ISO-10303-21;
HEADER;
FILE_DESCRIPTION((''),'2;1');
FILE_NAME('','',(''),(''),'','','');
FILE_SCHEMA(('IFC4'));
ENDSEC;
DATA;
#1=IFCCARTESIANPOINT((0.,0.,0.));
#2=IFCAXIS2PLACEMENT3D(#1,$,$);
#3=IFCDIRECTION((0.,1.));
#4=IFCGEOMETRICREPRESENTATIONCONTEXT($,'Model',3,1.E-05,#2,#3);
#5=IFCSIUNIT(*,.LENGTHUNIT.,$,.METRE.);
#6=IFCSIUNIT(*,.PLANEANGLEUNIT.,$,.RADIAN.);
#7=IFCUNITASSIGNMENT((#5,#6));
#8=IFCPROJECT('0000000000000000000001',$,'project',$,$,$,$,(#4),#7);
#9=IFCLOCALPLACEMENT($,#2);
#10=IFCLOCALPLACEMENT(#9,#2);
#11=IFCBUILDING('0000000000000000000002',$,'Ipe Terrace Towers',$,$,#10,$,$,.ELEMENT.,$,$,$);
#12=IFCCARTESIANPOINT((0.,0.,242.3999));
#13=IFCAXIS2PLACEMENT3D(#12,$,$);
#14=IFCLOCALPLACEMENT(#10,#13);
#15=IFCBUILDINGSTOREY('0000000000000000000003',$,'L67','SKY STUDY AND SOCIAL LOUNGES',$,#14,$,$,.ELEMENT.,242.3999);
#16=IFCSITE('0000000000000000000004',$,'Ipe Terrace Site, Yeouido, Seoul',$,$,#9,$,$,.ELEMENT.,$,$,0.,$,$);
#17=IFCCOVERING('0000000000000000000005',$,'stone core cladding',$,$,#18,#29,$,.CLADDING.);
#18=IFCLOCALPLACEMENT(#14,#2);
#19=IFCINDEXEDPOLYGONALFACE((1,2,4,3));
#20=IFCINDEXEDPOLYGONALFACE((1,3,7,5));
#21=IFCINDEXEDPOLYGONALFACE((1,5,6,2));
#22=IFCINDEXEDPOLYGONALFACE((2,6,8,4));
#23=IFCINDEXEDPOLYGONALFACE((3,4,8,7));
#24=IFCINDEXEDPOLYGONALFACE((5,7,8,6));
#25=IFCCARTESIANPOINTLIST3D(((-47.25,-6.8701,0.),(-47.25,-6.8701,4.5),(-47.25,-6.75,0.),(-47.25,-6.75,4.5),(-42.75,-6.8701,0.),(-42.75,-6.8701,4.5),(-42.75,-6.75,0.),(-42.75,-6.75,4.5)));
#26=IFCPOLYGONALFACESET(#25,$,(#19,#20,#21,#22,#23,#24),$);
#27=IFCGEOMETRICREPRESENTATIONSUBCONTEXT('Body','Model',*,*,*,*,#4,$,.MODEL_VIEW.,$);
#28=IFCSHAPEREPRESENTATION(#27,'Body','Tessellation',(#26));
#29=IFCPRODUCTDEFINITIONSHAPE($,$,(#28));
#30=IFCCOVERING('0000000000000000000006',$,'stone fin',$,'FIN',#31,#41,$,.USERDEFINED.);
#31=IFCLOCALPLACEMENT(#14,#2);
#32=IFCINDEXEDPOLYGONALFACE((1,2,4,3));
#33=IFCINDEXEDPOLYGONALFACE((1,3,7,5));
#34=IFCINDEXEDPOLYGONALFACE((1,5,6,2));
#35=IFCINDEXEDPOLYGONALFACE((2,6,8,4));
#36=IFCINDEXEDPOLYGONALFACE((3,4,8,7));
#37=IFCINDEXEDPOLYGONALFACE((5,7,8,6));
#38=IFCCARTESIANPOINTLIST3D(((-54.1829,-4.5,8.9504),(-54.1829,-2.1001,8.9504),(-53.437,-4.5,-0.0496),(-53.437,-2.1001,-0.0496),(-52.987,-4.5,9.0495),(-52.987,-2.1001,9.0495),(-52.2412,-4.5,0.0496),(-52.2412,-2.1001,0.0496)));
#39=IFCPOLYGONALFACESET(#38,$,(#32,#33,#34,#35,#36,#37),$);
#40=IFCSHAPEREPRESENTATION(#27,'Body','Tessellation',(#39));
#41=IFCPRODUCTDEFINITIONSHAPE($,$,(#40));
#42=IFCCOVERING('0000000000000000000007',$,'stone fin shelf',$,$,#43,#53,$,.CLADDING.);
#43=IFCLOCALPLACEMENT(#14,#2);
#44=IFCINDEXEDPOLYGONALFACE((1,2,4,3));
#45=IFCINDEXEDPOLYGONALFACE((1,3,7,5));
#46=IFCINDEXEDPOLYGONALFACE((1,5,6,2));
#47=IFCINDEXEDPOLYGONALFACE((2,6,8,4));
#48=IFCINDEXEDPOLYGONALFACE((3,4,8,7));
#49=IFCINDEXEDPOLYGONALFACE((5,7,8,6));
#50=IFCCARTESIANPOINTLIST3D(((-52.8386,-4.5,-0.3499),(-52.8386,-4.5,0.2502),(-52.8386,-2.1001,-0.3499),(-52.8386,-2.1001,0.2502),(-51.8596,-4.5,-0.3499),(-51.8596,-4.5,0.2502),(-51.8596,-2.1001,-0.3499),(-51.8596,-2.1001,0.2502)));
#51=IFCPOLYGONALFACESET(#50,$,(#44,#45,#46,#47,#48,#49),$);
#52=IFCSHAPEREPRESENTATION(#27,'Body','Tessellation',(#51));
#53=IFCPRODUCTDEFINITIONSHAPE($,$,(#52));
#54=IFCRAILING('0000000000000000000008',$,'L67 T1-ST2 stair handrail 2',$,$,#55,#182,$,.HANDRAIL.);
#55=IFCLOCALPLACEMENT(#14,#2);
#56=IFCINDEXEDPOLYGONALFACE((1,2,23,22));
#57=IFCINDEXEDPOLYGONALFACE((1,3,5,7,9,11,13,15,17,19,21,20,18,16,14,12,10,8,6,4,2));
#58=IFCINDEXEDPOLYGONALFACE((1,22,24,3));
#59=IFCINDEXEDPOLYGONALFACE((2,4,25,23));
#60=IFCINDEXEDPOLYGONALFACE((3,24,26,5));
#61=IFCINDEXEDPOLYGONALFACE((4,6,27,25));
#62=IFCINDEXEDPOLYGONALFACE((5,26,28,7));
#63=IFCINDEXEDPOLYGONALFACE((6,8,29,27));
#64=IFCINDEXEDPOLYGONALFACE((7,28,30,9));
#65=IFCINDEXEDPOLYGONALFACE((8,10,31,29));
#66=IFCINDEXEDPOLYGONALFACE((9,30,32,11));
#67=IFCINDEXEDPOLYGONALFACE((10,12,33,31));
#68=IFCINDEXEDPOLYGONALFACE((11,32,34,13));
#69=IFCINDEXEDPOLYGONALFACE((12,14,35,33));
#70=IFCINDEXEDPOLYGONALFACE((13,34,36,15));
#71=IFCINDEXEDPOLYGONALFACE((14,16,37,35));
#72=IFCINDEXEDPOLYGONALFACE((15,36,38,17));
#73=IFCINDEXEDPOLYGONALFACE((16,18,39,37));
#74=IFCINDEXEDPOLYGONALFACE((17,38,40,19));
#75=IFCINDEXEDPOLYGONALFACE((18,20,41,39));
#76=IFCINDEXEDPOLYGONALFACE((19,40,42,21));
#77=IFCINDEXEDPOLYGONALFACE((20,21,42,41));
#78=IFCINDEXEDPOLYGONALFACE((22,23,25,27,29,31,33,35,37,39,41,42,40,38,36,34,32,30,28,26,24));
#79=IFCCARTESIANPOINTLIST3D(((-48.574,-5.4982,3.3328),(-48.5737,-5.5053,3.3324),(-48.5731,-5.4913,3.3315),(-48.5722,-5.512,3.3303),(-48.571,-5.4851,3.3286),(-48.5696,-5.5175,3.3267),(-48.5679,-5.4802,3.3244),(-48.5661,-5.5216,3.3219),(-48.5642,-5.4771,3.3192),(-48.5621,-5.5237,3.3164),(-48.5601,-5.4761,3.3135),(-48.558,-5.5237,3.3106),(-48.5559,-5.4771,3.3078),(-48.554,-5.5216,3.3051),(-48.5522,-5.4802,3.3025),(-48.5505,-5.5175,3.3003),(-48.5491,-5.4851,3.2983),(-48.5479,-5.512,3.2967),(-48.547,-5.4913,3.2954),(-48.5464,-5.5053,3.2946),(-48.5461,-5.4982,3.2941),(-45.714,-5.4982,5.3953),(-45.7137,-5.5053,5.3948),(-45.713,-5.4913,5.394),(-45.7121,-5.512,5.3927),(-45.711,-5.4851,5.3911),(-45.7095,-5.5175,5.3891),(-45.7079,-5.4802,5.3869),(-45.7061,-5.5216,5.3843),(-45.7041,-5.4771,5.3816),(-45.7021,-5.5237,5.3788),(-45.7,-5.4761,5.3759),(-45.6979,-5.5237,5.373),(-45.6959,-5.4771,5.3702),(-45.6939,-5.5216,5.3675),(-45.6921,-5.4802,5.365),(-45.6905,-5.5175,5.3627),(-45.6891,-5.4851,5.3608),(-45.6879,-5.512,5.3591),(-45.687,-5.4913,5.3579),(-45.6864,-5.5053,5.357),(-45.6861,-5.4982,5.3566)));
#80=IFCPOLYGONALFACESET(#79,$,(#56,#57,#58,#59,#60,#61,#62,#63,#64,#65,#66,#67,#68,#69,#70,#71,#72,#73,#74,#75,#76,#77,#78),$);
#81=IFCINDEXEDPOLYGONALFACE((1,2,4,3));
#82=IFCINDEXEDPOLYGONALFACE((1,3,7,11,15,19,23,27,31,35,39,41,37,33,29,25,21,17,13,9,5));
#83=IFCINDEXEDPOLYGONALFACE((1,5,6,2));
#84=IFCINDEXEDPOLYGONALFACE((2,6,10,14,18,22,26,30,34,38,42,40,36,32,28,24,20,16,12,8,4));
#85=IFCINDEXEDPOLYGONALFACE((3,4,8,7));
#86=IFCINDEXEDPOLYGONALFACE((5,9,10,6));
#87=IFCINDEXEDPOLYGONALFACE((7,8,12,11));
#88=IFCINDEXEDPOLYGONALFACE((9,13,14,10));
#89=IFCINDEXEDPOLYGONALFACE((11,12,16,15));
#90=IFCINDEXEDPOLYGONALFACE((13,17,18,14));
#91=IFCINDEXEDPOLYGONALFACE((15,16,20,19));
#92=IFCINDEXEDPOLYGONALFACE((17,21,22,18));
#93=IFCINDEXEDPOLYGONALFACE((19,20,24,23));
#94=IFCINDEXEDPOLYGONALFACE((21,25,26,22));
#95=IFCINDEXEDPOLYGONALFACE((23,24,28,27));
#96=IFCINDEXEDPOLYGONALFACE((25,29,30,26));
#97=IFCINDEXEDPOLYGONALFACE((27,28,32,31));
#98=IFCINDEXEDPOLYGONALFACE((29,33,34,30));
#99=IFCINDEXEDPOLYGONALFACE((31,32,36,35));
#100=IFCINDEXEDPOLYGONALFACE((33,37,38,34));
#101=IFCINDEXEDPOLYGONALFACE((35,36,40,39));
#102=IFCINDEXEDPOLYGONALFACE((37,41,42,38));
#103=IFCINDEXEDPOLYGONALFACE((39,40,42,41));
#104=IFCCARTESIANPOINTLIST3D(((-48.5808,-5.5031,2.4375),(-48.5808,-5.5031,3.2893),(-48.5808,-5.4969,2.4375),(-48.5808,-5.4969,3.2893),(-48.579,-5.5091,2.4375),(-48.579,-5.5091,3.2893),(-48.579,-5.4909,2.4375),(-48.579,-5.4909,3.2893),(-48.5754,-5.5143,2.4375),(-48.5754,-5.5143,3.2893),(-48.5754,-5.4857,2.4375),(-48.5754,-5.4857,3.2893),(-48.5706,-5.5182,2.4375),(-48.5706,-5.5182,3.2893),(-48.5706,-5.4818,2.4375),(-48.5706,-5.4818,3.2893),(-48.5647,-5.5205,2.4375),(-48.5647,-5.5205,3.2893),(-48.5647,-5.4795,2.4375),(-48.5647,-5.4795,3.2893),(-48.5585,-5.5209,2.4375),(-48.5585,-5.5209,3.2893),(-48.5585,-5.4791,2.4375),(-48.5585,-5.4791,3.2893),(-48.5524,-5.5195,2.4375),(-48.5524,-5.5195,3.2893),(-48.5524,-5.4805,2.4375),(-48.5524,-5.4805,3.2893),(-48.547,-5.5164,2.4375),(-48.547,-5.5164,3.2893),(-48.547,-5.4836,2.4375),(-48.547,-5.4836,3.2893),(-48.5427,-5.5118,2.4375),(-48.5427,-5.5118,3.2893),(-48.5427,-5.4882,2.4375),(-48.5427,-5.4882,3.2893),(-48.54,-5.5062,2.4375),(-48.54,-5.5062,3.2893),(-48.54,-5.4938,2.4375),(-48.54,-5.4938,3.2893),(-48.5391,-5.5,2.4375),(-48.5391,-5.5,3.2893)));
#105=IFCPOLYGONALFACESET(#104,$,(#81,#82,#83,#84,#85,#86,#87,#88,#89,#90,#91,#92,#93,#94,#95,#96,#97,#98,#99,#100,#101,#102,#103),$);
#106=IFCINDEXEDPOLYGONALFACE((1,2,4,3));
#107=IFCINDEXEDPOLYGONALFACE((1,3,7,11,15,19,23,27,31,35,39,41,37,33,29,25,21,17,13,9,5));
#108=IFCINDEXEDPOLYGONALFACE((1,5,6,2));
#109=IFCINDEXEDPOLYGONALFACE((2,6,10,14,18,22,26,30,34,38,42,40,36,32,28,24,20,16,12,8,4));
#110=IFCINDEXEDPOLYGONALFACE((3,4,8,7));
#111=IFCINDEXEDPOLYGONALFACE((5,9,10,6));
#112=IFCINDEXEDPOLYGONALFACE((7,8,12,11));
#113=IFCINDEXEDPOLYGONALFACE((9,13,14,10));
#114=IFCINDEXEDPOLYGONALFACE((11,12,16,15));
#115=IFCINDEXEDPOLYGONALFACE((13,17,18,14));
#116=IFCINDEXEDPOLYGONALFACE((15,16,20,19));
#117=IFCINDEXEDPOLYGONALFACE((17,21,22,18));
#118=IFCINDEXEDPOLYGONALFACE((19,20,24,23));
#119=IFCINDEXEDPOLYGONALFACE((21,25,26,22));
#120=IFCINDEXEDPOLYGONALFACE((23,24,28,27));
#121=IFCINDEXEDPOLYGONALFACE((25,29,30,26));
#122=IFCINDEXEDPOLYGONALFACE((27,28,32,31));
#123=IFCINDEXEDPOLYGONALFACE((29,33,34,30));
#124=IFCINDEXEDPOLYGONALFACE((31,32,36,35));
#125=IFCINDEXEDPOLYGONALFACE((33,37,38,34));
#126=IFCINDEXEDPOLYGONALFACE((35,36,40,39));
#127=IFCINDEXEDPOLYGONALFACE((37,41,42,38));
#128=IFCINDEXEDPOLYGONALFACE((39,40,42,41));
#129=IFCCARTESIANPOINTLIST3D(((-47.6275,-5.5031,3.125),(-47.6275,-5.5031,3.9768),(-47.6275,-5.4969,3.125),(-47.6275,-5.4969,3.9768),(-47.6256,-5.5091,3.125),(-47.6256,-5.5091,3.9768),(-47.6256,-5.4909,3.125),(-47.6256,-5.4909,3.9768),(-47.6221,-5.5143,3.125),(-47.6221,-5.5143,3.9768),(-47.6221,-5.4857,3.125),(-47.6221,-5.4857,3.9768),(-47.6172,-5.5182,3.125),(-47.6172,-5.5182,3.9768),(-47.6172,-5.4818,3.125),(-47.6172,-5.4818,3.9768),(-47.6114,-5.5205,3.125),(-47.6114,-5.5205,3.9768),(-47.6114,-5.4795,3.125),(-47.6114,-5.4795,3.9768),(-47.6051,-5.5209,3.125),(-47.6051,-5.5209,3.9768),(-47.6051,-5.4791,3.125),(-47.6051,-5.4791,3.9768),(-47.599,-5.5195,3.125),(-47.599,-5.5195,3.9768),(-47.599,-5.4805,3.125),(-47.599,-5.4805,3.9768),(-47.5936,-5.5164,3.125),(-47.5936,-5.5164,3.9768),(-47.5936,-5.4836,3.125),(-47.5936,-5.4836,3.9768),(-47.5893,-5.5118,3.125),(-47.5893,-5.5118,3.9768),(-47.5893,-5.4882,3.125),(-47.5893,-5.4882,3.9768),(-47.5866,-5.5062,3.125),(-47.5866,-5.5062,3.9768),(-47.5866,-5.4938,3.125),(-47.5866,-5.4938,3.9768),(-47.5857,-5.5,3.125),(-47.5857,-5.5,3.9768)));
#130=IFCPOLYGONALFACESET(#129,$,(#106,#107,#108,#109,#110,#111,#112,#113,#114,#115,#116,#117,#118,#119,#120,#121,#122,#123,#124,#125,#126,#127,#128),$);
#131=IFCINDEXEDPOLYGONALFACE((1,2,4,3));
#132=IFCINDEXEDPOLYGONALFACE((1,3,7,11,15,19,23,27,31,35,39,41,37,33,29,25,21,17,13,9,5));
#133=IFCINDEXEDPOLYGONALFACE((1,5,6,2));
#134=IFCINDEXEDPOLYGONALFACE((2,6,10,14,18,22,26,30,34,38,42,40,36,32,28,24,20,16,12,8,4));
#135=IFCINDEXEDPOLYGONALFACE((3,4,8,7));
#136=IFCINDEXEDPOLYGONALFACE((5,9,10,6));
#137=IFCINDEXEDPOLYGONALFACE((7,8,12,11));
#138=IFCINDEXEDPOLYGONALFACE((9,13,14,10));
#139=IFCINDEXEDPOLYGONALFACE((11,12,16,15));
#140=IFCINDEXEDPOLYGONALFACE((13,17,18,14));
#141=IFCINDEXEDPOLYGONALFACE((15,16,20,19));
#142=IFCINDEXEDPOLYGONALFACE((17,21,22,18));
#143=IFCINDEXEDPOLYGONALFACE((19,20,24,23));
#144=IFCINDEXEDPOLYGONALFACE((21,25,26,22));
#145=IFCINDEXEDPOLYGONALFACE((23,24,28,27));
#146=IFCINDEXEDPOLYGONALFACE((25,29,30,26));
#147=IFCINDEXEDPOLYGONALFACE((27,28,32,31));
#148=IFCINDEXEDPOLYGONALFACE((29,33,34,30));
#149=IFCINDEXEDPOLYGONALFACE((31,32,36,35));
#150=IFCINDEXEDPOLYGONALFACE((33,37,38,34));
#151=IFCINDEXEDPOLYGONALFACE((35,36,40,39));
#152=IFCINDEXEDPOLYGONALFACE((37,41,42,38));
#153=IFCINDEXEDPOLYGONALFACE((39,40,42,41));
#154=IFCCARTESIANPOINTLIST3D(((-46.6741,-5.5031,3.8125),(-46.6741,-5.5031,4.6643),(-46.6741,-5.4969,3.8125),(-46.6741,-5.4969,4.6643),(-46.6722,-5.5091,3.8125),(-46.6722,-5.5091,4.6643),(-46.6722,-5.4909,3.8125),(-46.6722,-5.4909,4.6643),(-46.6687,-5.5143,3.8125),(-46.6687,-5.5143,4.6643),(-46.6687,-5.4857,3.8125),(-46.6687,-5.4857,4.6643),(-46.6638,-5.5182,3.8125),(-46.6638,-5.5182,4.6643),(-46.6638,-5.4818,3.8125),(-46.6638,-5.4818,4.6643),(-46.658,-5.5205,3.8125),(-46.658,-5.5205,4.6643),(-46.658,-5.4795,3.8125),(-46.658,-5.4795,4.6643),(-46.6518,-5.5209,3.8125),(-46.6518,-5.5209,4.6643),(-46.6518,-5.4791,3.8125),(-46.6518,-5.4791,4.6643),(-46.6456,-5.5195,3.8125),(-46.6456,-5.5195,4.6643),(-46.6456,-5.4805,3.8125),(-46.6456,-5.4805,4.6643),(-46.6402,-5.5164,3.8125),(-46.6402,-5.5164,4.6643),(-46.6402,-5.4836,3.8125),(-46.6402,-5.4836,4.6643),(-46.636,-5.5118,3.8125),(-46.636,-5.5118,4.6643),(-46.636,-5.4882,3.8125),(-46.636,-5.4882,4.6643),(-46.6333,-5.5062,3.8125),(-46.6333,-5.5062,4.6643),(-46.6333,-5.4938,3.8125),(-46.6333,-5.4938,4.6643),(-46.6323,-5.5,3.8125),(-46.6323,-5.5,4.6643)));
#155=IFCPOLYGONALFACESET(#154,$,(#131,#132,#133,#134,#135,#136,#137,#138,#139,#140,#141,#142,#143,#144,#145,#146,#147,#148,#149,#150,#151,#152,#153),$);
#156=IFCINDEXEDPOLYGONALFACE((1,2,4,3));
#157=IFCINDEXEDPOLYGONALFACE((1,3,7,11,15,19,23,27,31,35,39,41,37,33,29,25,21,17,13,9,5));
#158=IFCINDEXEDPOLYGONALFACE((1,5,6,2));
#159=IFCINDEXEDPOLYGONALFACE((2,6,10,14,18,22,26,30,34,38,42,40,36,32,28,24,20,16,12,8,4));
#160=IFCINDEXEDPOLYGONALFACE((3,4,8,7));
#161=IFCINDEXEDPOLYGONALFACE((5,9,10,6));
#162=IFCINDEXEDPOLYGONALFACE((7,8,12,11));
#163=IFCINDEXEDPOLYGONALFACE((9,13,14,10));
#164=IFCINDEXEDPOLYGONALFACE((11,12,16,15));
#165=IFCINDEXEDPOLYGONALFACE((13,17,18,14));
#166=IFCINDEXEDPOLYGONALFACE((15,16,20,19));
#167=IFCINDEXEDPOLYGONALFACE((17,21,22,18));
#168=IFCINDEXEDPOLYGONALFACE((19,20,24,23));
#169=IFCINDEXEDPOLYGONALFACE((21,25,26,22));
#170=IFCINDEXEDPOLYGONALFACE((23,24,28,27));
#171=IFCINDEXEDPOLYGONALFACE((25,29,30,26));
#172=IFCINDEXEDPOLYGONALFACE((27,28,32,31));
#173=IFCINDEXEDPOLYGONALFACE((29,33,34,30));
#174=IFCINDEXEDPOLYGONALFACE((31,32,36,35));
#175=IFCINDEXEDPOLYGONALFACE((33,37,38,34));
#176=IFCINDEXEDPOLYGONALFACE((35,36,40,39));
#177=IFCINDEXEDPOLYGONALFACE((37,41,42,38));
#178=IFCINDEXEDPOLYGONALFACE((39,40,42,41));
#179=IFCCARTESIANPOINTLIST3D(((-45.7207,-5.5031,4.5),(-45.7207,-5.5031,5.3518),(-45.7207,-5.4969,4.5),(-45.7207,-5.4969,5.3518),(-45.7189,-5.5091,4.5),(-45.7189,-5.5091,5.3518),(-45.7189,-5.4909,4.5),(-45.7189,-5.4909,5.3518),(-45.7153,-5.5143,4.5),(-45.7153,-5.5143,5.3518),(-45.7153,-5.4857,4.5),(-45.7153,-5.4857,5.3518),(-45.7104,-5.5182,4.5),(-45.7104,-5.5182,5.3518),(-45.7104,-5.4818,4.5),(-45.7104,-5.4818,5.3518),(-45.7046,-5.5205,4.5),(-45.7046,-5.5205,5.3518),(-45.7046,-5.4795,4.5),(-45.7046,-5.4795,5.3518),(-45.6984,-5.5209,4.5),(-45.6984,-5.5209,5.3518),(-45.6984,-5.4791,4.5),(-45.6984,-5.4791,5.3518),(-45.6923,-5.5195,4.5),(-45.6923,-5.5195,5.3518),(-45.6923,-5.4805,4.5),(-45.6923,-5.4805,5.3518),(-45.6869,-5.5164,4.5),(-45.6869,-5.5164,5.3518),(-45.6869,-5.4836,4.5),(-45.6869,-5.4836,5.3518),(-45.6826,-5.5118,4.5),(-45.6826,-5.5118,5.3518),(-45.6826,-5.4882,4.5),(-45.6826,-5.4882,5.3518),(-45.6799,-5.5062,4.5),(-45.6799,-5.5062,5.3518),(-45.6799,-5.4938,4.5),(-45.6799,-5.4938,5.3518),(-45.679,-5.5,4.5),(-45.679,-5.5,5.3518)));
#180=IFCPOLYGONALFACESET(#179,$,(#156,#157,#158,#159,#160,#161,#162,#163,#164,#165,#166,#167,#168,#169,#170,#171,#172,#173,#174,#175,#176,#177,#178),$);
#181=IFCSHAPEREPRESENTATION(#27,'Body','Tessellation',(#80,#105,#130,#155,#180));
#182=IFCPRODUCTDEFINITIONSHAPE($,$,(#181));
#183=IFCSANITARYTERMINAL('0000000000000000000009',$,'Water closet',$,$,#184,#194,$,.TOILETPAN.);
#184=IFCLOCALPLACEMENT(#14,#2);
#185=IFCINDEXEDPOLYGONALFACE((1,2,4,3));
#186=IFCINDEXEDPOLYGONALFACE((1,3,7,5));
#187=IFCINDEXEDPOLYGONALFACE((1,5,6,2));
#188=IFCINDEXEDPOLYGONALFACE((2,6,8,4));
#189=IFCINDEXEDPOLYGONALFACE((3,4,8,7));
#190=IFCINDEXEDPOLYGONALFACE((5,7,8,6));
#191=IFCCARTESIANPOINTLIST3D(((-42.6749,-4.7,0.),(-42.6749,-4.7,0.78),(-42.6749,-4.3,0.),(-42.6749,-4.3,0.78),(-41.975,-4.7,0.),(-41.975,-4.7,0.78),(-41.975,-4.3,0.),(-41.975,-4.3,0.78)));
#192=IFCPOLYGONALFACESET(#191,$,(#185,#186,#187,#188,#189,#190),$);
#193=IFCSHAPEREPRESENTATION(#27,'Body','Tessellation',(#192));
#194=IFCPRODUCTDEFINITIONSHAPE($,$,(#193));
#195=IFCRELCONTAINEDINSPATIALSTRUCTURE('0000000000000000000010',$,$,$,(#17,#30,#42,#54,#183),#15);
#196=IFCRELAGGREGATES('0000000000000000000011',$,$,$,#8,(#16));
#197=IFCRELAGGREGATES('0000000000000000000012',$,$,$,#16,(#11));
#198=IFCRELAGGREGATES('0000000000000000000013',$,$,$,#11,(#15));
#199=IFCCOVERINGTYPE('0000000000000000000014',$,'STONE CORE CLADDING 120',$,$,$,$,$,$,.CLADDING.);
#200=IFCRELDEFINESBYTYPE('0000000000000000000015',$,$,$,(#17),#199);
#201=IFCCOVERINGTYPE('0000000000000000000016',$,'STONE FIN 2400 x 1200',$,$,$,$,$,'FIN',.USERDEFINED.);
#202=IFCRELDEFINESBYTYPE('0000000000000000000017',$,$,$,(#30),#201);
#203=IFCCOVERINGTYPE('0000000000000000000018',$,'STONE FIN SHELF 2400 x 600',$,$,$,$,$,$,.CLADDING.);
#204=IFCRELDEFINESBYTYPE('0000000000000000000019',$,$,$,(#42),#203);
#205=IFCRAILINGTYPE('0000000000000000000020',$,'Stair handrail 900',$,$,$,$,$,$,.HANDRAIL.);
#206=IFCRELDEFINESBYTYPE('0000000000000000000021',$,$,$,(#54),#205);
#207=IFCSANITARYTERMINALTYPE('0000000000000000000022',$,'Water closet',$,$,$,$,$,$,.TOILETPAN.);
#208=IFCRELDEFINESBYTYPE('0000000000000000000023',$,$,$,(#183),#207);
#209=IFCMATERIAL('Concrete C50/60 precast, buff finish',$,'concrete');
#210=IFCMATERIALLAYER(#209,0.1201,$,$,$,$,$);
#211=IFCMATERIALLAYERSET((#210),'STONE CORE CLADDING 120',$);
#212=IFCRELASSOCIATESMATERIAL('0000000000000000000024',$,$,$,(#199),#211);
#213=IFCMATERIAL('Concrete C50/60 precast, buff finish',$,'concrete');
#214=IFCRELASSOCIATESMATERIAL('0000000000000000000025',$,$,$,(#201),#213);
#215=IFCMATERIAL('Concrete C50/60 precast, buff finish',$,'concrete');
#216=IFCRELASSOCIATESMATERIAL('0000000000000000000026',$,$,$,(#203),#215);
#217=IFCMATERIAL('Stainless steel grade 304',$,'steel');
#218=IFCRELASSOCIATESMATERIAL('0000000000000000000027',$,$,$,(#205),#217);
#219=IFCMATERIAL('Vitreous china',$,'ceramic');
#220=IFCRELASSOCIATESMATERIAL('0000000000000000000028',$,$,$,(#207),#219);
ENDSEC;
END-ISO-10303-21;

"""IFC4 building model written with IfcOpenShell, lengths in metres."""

from ifc_helpers import new_model, si_unit, direction, frame, origin, origin_2d, place, context, subcontext, project, spatial, rectangle, circle, extrude, material, layer, layer_set, material_profile, profile_set, type_object, element, save


model = new_model("IFC4")

# Units and contexts
model_context = context("Model", 3, precision=1e-05, world=origin(), true_north=direction((0.0, 1.0)))
body_context = subcontext(model_context, "Body", "Model", "MODEL_VIEW")
ifc_project = project(units=[si_unit("LENGTHUNIT", "METRE"), si_unit("PLANEANGLEUNIT", "RADIAN")], contexts=[model_context])

# Site, building, storey
site_placement = place(None, origin())
site = spatial("IfcSite", under=ifc_project, at=site_placement, Name="Ipe Terrace Site, Yeouido, Seoul", CompositionType="ELEMENT", RefElevation=0.0)
building_placement = place(site_placement, origin())
building = spatial("IfcBuilding", under=site, at=building_placement, Name="Ipe Terrace Towers", CompositionType="ELEMENT")
storey_placement = place(building_placement, frame((0.0, 0.0, 242.3999)))
storey = spatial("IfcBuildingStorey", under=building, at=storey_placement, Name="L67", Description="SKY STUDY AND SOCIAL LOUNGES", CompositionType="ELEMENT", Elevation=242.3999)

# Coverings
ifc_material_1 = material(Name="Concrete C50/60 precast, buff finish", Category="concrete")
ifc_layer_1 = layer(ifc_material_1, 0.1201)
ifc_layer_set_1 = layer_set([ifc_layer_1], Name="STONE CORE CLADDING 120")
covering_type_1 = type_object("IfcCoveringType", Name="STONE CORE CLADDING 120", PredefinedType="CLADDING", material=ifc_layer_set_1)
covering_1_placement = place(storey_placement, frame((-45.0, -6.8101, 0.0), z_axis=(0.0, 0.0, 1.0), x_axis=(1.0, 0.0, 0.0)))
element("IfcCovering", 1, at=covering_1_placement, inside=storey, type_object=covering_type_1, Name="stone core cladding", PredefinedType="CLADDING", context=body_context, shape_type="SweptSolid", body=[
    extrude(rectangle(XDim=4.5, YDim=0.1201, at=origin_2d()), origin(), (0.0, 0.0, 1.0), 4.5),
])
ifc_material_2 = material(Name="Concrete C50/60 precast, buff finish", Category="concrete")
ifc_material_profile_1 = material_profile(ifc_material_2, rectangle(XDim=2.3999, YDim=1.2, at=origin_2d()), Name="STONE FIN 2400 x 1200")
ifc_profile_set_1 = profile_set([ifc_material_profile_1], Name="Concrete C50/60 precast, buff finish")
covering_type_2 = type_object("IfcCoveringType", Name="STONE FIN 2400 x 1200", ElementType="FIN", PredefinedType="USERDEFINED", material=ifc_profile_set_1)
covering_2_placement = place(storey_placement, frame((-52.8391, -3.3, 0.0), z_axis=(-0.082589, 0.0, 0.996584), x_axis=(0.0, -1.0, 0.0)))
element("IfcCovering", 2, at=covering_2_placement, inside=storey, type_object=covering_type_2, Name="stone fin", ObjectType="FIN", PredefinedType="USERDEFINED", context=body_context, shape_type="SweptSolid", body=[
    extrude(rectangle(XDim=2.3999, YDim=1.2, at=origin_2d()), origin(), (0.0, 0.0, 1.0), 9.0308),
])
ifc_material_3 = material(Name="Concrete C50/60 precast, buff finish", Category="concrete")
covering_type_3 = type_object("IfcCoveringType", Name="STONE FIN SHELF 2400 x 600", PredefinedType="CLADDING", material=ifc_material_3)
covering_3_placement = place(storey_placement, frame((-52.3491, -3.3, -0.3499), z_axis=(0.0, 0.0, 1.0), x_axis=(0.0, -1.0, 0.0)))
element("IfcCovering", 3, at=covering_3_placement, inside=storey, type_object=covering_type_3, Name="stone fin shelf", PredefinedType="CLADDING", context=body_context, shape_type="SweptSolid", body=[
    extrude(rectangle(XDim=2.3999, YDim=0.979, at=origin_2d()), origin(), (0.0, 0.0, 1.0), 0.6001),
])

# Railing
ifc_material_4 = material(Name="Stainless steel grade 304", Category="steel")
railing_type_1 = type_object("IfcRailingType", Name="Stair handrail 900", PredefinedType="HANDRAIL", material=ifc_material_4)
railing_1_placement = place(storey_placement, frame((-48.5601, -5.5, 2.4375)))
element("IfcRailing", 4, at=railing_1_placement, inside=storey, type_object=railing_type_1, Name="L67 T1-ST2 stair handrail 2", PredefinedType="HANDRAIL", context=body_context, shape_type="SweptSolid", body=[
    extrude(circle(Radius=0.0239, at=origin_2d()), frame((0.0, 0.0, 0.876), z_axis=(0.811101, 0.0, 0.584906), x_axis=(0.0, 1.0, 0.0)), (0.0, 0.0, 1.0), 3.5261),
    extrude(circle(Radius=0.021, at=origin_2d()), origin(), (0.0, 0.0, 1.0), 0.8518),
    extrude(circle(Radius=0.021, at=origin_2d()), frame((0.9534, 0.0, 0.6875)), (0.0, 0.0, 1.0), 0.8518),
    extrude(circle(Radius=0.021, at=origin_2d()), frame((1.9067, 0.0, 1.375)), (0.0, 0.0, 1.0), 0.8518),
    extrude(circle(Radius=0.021, at=origin_2d()), frame((2.8601, 0.0, 2.0625)), (0.0, 0.0, 1.0), 0.8518),
])

# Sanitary terminal
ifc_material_5 = material(Name="Vitreous china", Category="ceramic")
sanitary_terminal_type = type_object("IfcSanitaryTerminalType", Name="Water closet", PredefinedType="TOILETPAN", material=ifc_material_5)
sanitary_terminal_placement = place(storey_placement, frame((-42.325, -4.5, 0.0), z_axis=(0.0, 0.0, 1.0), x_axis=(1.0, 0.0, 0.0)))
element("IfcSanitaryTerminal", 5, at=sanitary_terminal_placement, inside=storey, type_object=sanitary_terminal_type, Name="Water closet", PredefinedType="TOILETPAN", context=body_context, shape_type="SweptSolid", body=[
    extrude(rectangle(XDim=0.7, YDim=0.3999, at=origin_2d()), origin(), (0.0, 0.0, 1.0), 0.78),
])

save(model, "model.ifc")
